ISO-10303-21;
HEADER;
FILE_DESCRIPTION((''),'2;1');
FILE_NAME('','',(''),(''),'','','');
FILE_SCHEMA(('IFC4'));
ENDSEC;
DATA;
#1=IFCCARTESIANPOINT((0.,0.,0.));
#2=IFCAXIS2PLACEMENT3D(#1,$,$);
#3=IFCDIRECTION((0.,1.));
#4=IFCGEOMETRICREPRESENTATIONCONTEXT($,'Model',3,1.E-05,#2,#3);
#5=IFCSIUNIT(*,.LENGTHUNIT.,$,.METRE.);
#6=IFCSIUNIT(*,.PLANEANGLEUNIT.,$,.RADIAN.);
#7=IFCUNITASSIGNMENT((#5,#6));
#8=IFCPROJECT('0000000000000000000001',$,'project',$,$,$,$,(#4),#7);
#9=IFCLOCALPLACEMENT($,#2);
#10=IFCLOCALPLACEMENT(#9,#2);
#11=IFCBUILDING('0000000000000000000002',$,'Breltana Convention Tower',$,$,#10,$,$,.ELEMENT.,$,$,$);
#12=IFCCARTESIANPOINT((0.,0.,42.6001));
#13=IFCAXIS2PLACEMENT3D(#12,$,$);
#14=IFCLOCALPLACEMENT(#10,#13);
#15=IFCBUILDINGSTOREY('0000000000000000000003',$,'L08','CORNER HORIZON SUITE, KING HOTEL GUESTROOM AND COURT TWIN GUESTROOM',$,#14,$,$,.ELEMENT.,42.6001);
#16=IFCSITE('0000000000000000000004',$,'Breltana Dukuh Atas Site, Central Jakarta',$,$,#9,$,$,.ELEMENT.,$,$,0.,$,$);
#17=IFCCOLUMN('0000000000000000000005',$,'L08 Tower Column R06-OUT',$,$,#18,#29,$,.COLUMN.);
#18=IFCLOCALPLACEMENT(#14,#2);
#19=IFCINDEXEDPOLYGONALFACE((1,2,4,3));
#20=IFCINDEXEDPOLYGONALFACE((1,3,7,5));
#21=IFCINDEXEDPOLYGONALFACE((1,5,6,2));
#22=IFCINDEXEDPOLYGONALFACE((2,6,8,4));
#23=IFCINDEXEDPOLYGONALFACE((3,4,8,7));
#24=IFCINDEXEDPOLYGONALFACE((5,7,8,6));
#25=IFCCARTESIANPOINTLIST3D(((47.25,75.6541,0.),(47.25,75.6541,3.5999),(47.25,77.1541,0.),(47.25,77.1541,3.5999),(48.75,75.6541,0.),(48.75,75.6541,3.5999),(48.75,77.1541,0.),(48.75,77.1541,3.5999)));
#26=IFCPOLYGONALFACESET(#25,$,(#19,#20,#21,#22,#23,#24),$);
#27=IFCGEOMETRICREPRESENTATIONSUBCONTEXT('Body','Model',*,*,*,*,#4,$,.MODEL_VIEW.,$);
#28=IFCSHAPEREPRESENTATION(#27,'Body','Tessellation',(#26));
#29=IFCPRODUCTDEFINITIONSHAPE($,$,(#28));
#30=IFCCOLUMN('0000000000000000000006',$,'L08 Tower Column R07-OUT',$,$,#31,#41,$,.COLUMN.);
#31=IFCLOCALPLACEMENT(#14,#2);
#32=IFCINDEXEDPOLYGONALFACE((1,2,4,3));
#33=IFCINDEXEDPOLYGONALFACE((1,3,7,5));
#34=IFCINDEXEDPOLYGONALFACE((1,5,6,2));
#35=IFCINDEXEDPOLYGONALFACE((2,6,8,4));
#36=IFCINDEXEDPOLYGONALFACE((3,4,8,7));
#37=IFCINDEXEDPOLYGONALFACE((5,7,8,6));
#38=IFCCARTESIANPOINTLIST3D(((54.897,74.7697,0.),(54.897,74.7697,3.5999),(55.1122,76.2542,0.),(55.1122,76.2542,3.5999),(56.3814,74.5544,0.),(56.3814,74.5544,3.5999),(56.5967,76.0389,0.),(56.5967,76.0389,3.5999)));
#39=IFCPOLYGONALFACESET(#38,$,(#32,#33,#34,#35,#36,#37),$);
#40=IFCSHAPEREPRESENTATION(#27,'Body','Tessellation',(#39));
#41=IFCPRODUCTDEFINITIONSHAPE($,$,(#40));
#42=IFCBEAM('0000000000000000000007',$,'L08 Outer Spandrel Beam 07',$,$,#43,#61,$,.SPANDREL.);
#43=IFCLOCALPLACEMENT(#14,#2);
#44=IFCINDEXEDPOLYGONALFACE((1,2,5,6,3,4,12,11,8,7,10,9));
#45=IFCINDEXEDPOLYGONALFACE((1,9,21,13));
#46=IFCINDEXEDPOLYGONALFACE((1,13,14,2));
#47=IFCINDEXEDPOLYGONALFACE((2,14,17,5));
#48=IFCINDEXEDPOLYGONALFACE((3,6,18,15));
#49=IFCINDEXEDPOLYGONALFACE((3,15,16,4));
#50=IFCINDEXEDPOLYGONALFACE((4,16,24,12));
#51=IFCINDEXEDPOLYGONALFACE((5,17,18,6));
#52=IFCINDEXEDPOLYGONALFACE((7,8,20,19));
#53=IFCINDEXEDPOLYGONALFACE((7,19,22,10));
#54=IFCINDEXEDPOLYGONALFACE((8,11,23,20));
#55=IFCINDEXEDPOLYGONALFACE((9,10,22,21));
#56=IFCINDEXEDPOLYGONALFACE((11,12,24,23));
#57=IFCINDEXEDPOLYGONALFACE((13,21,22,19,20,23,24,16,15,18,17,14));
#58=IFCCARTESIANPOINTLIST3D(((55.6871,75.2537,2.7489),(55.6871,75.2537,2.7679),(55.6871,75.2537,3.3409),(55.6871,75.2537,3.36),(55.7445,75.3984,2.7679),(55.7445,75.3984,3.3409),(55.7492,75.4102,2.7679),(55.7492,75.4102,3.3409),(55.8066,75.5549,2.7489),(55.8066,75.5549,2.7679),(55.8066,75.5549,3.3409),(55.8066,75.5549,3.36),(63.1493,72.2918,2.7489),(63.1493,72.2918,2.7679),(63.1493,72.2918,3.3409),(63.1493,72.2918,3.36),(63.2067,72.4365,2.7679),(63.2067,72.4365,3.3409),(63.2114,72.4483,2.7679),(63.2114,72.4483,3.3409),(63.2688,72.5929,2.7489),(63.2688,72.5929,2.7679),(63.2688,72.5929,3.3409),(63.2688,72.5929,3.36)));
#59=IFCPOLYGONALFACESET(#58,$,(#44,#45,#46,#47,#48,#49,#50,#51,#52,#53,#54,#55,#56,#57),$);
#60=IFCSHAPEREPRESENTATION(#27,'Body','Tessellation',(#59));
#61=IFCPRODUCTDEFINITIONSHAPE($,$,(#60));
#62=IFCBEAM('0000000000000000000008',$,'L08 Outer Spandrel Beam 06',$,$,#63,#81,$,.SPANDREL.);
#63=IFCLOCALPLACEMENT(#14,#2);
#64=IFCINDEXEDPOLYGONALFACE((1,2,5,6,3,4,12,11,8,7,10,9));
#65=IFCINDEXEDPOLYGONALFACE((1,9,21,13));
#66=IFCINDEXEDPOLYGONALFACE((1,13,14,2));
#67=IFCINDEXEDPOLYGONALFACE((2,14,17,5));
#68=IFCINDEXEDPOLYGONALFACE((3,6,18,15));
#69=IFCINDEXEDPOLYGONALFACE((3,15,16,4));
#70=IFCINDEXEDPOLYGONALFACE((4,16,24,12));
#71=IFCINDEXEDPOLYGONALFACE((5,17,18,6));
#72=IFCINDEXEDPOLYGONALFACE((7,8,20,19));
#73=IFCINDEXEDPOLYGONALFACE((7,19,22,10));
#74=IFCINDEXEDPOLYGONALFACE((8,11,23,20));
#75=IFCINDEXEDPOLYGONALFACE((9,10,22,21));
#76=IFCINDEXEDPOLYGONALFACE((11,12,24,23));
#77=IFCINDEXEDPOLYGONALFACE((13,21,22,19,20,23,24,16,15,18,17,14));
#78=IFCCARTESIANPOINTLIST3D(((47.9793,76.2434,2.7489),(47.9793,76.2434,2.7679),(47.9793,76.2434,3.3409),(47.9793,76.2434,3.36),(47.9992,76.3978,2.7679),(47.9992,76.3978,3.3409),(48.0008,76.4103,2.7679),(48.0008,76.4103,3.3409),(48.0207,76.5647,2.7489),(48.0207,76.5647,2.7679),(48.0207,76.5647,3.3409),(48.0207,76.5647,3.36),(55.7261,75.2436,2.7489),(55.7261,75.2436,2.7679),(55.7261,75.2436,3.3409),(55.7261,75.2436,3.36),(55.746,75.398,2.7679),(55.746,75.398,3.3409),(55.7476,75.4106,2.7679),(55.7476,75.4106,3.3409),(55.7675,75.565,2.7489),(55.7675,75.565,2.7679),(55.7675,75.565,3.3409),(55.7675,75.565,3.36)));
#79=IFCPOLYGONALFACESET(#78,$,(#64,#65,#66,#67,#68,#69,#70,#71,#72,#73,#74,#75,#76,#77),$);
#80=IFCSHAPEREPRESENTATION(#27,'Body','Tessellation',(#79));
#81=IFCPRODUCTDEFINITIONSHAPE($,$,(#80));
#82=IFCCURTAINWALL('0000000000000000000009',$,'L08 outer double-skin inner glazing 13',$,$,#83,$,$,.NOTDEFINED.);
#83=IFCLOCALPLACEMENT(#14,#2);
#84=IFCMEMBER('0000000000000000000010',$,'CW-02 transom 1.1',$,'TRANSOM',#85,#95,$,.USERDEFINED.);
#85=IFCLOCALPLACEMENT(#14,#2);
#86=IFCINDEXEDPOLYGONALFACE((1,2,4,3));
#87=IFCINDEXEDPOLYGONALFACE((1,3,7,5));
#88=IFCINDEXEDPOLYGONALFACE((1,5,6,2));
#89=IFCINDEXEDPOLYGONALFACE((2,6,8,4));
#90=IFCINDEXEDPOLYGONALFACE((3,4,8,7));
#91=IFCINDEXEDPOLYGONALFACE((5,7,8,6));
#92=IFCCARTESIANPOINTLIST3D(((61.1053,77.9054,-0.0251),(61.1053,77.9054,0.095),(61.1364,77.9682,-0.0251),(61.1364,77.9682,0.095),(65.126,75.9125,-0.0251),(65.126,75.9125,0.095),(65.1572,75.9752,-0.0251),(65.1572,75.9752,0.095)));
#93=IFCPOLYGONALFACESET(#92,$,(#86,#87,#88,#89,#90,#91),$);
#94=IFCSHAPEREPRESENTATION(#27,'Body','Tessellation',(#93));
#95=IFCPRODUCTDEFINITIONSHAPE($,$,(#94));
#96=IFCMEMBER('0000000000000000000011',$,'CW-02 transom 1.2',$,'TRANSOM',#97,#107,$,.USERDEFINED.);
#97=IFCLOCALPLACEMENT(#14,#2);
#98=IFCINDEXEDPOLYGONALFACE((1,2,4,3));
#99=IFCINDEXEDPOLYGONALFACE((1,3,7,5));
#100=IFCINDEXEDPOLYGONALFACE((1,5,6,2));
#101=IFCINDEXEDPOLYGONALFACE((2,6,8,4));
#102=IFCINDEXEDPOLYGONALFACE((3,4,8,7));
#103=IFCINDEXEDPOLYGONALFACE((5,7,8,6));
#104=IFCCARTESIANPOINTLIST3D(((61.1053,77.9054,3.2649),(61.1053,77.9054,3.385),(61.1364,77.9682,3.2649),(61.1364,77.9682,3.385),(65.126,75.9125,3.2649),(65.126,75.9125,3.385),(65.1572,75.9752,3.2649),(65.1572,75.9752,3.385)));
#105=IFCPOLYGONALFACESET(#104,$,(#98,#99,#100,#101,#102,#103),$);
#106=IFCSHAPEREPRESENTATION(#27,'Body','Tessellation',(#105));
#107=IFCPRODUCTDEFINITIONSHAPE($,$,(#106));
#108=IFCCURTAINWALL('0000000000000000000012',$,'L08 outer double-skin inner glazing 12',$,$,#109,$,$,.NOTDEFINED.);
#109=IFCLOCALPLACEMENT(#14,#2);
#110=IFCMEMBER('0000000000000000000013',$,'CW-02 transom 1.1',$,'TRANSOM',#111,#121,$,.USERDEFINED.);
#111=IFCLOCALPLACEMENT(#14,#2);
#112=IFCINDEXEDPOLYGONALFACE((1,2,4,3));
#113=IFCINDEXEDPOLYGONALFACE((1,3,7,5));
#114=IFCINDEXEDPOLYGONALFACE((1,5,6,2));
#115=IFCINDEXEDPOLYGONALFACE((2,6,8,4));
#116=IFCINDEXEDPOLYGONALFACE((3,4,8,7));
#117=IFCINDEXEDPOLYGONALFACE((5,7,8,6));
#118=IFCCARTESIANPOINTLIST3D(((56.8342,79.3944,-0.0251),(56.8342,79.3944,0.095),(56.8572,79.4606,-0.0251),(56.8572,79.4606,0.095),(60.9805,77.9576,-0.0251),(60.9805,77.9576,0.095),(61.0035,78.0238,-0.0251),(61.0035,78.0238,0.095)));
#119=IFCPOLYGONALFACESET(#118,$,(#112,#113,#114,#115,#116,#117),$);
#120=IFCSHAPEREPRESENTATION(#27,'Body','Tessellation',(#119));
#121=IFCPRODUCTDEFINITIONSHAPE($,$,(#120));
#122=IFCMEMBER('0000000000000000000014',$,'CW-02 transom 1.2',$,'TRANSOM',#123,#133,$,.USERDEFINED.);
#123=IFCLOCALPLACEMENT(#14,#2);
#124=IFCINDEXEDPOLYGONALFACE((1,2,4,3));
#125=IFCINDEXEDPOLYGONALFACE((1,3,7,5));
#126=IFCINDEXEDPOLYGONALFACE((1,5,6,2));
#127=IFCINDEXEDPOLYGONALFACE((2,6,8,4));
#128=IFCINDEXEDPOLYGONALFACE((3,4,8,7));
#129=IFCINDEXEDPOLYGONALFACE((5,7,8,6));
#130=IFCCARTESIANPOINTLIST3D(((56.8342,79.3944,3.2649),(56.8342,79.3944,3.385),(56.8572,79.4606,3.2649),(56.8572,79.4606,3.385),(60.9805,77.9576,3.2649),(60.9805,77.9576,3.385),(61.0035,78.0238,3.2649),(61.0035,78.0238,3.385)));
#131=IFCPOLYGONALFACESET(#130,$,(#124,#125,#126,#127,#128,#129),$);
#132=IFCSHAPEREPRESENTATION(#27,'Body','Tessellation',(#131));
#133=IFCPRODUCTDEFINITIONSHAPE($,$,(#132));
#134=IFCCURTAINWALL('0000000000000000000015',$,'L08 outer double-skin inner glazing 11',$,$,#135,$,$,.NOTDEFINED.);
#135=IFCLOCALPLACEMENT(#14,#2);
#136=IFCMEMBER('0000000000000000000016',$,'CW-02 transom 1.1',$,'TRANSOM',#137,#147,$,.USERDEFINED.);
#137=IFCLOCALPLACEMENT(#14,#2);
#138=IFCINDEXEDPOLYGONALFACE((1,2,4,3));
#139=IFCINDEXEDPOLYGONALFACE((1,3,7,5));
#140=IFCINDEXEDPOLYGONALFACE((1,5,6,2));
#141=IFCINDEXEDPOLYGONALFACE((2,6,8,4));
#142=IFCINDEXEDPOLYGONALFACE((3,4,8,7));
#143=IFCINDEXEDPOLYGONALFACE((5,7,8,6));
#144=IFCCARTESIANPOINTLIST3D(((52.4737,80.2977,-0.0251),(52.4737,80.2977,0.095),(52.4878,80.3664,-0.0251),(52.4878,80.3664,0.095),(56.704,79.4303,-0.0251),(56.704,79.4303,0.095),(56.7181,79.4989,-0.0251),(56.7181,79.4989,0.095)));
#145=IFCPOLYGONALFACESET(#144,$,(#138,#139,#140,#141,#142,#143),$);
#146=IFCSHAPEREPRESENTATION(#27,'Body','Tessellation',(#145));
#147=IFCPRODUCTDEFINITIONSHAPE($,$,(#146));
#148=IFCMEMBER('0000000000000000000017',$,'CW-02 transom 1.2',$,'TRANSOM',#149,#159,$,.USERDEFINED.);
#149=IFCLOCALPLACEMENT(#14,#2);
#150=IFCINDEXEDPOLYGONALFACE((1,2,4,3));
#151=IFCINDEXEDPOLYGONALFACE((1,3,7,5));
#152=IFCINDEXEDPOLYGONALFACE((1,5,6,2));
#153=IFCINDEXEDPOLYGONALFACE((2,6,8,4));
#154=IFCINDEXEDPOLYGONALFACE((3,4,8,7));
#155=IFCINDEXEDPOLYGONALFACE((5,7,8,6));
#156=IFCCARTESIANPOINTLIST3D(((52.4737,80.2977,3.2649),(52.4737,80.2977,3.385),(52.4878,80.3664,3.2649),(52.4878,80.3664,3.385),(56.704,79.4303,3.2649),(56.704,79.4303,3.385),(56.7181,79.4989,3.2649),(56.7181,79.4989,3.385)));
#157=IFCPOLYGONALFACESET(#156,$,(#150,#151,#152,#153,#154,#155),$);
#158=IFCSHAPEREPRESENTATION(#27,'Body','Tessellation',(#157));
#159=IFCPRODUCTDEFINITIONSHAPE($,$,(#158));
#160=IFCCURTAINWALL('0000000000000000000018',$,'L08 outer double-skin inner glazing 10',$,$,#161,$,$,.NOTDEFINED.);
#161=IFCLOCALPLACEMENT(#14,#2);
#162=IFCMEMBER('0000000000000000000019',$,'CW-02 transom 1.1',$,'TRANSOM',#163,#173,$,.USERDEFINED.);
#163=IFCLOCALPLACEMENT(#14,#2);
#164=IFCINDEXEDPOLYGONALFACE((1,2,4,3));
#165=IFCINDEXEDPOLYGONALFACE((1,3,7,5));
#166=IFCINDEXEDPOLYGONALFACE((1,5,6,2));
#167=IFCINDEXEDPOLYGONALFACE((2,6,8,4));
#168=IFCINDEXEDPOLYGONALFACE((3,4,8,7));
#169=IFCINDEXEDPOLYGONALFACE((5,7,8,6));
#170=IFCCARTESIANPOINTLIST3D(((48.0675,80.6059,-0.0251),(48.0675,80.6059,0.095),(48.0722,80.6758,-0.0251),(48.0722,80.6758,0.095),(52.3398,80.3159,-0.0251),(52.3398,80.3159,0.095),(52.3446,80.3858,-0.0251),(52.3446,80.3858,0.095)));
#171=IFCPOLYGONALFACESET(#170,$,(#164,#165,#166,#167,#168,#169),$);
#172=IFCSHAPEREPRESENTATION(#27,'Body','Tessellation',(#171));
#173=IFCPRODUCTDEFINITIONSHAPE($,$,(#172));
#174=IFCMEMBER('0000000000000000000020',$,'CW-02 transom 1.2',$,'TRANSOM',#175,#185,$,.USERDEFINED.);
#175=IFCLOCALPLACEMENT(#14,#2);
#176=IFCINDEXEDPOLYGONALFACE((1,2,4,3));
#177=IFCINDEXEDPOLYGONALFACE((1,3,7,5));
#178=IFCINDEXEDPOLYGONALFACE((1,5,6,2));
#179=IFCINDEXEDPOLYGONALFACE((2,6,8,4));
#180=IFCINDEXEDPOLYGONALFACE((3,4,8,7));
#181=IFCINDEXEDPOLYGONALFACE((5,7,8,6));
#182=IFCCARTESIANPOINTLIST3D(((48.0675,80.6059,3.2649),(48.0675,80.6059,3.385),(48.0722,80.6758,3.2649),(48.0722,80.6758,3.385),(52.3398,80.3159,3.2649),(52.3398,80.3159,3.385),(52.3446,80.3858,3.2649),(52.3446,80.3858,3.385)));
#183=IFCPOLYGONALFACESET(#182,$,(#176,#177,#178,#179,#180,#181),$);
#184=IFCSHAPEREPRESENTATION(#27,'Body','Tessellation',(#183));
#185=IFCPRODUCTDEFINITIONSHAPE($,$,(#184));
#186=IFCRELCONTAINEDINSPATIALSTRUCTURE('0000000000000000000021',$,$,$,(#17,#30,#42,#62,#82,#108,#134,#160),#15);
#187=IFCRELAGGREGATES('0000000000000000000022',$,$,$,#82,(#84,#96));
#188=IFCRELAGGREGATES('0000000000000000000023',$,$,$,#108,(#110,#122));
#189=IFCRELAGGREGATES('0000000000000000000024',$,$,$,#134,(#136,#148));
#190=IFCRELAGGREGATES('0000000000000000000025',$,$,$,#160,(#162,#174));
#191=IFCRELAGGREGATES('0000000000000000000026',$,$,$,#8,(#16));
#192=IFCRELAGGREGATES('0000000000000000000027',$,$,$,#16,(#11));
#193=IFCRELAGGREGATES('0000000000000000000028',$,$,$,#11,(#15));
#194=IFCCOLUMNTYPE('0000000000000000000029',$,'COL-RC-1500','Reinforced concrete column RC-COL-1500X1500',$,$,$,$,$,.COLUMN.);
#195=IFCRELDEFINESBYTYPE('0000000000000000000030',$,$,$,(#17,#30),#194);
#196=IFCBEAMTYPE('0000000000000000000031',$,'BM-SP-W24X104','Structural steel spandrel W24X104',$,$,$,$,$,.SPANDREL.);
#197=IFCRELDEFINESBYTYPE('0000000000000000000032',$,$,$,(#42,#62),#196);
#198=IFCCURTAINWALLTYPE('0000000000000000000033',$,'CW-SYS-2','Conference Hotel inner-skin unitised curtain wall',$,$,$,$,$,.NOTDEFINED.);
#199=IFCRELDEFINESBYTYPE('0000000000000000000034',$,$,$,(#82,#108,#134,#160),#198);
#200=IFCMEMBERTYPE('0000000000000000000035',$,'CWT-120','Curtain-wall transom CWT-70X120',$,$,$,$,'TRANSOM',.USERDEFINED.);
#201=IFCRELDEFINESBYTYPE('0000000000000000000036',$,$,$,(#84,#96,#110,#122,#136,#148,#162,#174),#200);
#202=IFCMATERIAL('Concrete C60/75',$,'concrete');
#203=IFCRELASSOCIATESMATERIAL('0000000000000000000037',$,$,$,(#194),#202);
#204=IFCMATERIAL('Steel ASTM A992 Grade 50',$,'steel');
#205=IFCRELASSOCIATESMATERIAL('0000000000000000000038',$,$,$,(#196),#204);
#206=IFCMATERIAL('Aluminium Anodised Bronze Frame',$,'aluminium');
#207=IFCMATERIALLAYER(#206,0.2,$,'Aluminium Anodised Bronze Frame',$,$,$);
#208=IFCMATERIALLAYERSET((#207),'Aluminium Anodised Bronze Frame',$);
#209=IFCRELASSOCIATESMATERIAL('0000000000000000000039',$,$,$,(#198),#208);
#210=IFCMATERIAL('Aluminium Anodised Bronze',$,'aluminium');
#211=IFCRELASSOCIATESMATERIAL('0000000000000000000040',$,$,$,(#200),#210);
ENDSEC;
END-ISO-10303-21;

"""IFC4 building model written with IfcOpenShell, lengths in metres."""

from ifc_helpers import new_model, si_unit, direction, frame, origin, origin_2d, place, context, subcontext, project, spatial, rectangle, i_section, extrude, source, transform, mapped, material, layer, layer_set, material_profile, profile_set, type_object, element, aggregate, save


model = new_model("IFC4")

# Units and contexts
model_context = context("Model", 3, precision=1e-05, world=origin(), true_north=direction((0.0, 1.0)))
body_context = subcontext(model_context, "Body", "Model", "MODEL_VIEW")
ifc_project = project(units=[si_unit("LENGTHUNIT", "METRE"), si_unit("PLANEANGLEUNIT", "RADIAN")], contexts=[model_context])

# Site, building, storey
site_placement = place(None, origin())
site = spatial("IfcSite", under=ifc_project, at=site_placement, Name="Breltana Dukuh Atas Site, Central Jakarta", CompositionType="ELEMENT", RefElevation=0.0)
building_placement = place(site_placement, origin())
building = spatial("IfcBuilding", under=site, at=building_placement, Name="Breltana Convention Tower", CompositionType="ELEMENT")
storey_placement = place(building_placement, frame((0.0, 0.0, 42.6001)))
storey = spatial("IfcBuildingStorey", under=building, at=storey_placement, Name="L08", Description="CORNER HORIZON SUITE, KING HOTEL GUESTROOM AND COURT TWIN GUESTROOM", CompositionType="ELEMENT", Elevation=42.6001)

# Columns
ifc_material_1 = material(Name="Concrete C60/75", Category="concrete")
ifc_material_profile_1 = material_profile(ifc_material_1, rectangle(XDim=1.5, YDim=1.5, at=origin_2d()), Name="RC-COL-1500X1500")
ifc_profile_set_1 = profile_set([ifc_material_profile_1], Name="Concrete C60/75")
column_type = type_object("IfcColumnType", Name="COL-RC-1500", Description="Reinforced concrete column RC-COL-1500X1500", PredefinedType="COLUMN", material=ifc_profile_set_1)
shared_shape_1 = source(origin(), body_context, "Body", "SweptSolid", [
    extrude(rectangle(XDim=1.5, YDim=1.5, at=origin_2d()), origin(), (0.0, 0.0, 1.0), 3.5999),
])
for number, where, z_axis, x_axis, name in (
    (1, (48.0, 76.4041, 0.0), (0.0, 0.0, 1.0), (0.0, 1.0, 0.0), "L08 Tower Column R06-OUT"),
    (2, (55.7468, 75.4043, 0.0), (0.0, 0.0, 1.0), (0.143493, 0.989651, 0.0), "L08 Tower Column R07-OUT"),
):
    element("IfcColumn", number, at=place(storey_placement, frame(where, z_axis=z_axis, x_axis=x_axis)), inside=storey, type_object=column_type, Name=name, PredefinedType="COLUMN", context=body_context, shape_type="MappedRepresentation", body=[
        mapped(shared_shape_1, transform((0.0, 0.0, 0.0), scale=1.0)),
    ])

# Beams
ifc_material_2 = material(Name="Steel ASTM A992 Grade 50", Category="steel")
ifc_material_profile_2 = material_profile(ifc_material_2, i_section(OverallWidth=0.324, OverallDepth=0.6111, WebThickness=0.0127, FlangeThickness=0.019, at=origin_2d()), Name="W24X104")
ifc_profile_set_2 = profile_set([ifc_material_profile_2], Name="Steel ASTM A992 Grade 50")
beam_type = type_object("IfcBeamType", Name="BM-SP-W24X104", Description="Structural steel spandrel W24X104", PredefinedType="SPANDREL", material=ifc_profile_set_2)
shared_shape_2 = source(origin(), body_context, "Body", "SweptSolid", [
    extrude(i_section(OverallWidth=0.324, OverallDepth=0.6111, WebThickness=0.0127, FlangeThickness=0.019, at=origin_2d()), origin(), (0.0, 0.0, 1.0), 8.0286),
])
beam_1_placement = place(storey_placement, frame((55.7468, 75.4043, 3.0544), z_axis=(0.929459, -0.368925, 0.0), x_axis=(0.368925, 0.929459, 0.0)))
element("IfcBeam", 3, at=beam_1_placement, inside=storey, type_object=beam_type, Name="L08 Outer Spandrel Beam 07", PredefinedType="SPANDREL", context=body_context, shape_type="MappedRepresentation", body=[
    mapped(shared_shape_2, transform((0.0, 0.0, 0.0), scale=1.0)),
])
shared_shape_3 = source(origin(), body_context, "Body", "SweptSolid", [
    extrude(i_section(OverallWidth=0.324, OverallDepth=0.6111, WebThickness=0.0127, FlangeThickness=0.019, at=origin_2d()), origin(), (0.0, 0.0, 1.0), 7.811),
])
beam_2_placement = place(storey_placement, frame((48.0, 76.4041, 3.0544), z_axis=(0.991775, -0.127992, 0.0), x_axis=(0.127992, 0.991775, 0.0)))
element("IfcBeam", 4, at=beam_2_placement, inside=storey, type_object=beam_type, Name="L08 Outer Spandrel Beam 06", PredefinedType="SPANDREL", context=body_context, shape_type="MappedRepresentation", body=[
    mapped(shared_shape_3, transform((0.0, 0.0, 0.0), scale=1.0)),
])

# Curtain walls, members
ifc_material_3 = material(Name="Aluminium Anodised Bronze Frame", Category="aluminium")
ifc_layer_1 = layer(ifc_material_3, 0.2, Name="Aluminium Anodised Bronze Frame")
ifc_layer_set_1 = layer_set([ifc_layer_1], Name="Aluminium Anodised Bronze Frame")
curtain_wall_type = type_object("IfcCurtainWallType", Name="CW-SYS-2", Description="Conference Hotel inner-skin unitised curtain wall", PredefinedType="NOTDEFINED", material=ifc_layer_set_1)
curtain_wall_1_placement = place(storey_placement, origin())
curtain_wall_1 = element("IfcCurtainWall", 5, at=curtain_wall_1_placement, inside=storey, type_object=curtain_wall_type, Name="L08 outer double-skin inner glazing 13", PredefinedType="NOTDEFINED")
ifc_material_4 = material(Name="Aluminium Anodised Bronze", Category="aluminium")
ifc_material_profile_3 = material_profile(ifc_material_4, rectangle(XDim=0.0701, YDim=0.1201, at=origin_2d()), Name="CWT-70X120")
ifc_profile_set_3 = profile_set([ifc_material_profile_3], Name="Aluminium Anodised Bronze")
member_type_1 = type_object("IfcMemberType", Name="CWT-120", Description="Curtain-wall transom CWT-70X120", ElementType="TRANSOM", PredefinedType="USERDEFINED", material=ifc_profile_set_3)
shared_shape_4 = source(origin(), body_context, "Body", "SweptSolid", [
    extrude(rectangle(XDim=0.0701, YDim=0.1201, at=origin_2d()), origin(), (0.0, 0.0, 1.0), 4.4875),
])
member_1_placement = place(storey_placement, frame((61.1208, 77.9368, 0.0349), z_axis=(0.895978, -0.444099, 0.0), x_axis=(0.444099, 0.895978, 0.0)))
member_1 = element("IfcMember", 6, at=member_1_placement, type_object=member_type_1, Name="CW-02 transom 1.1", ObjectType="TRANSOM", PredefinedType="USERDEFINED", context=body_context, shape_type="MappedRepresentation", body=[
    mapped(shared_shape_4, transform((0.0, 0.0, 0.0), scale=1.0)),
])
member_2_placement = place(storey_placement, frame((61.1208, 77.9368, 3.325), z_axis=(0.895978, -0.444099, 0.0), x_axis=(0.444099, 0.895978, 0.0)))
member_2 = element("IfcMember", 7, at=member_2_placement, type_object=member_type_1, Name="CW-02 transom 1.2", ObjectType="TRANSOM", PredefinedType="USERDEFINED", context=body_context, shape_type="MappedRepresentation", body=[
    mapped(shared_shape_4, transform((0.0, 0.0, 0.0), scale=1.0)),
])
curtain_wall_2_placement = place(storey_placement, origin())
curtain_wall_2 = element("IfcCurtainWall", 8, at=curtain_wall_2_placement, inside=storey, type_object=curtain_wall_type, Name="L08 outer double-skin inner glazing 12", PredefinedType="NOTDEFINED")
shared_shape_5 = source(origin(), body_context, "Body", "SweptSolid", [
    extrude(rectangle(XDim=0.0701, YDim=0.1201, at=origin_2d()), origin(), (0.0, 0.0, 1.0), 4.3882),
])
member_3_placement = place(storey_placement, frame((56.8457, 79.4275, 0.0349), z_axis=(0.944878, -0.327422, 0.0), x_axis=(0.327422, 0.944878, 0.0)))
member_3 = element("IfcMember", 9, at=member_3_placement, type_object=member_type_1, Name="CW-02 transom 1.1", ObjectType="TRANSOM", PredefinedType="USERDEFINED", context=body_context, shape_type="MappedRepresentation", body=[
    mapped(shared_shape_5, transform((0.0, 0.0, 0.0), scale=1.0)),
])
member_4_placement = place(storey_placement, frame((56.8457, 79.4275, 3.325), z_axis=(0.944878, -0.327422, 0.0), x_axis=(0.327422, 0.944878, 0.0)))
member_4 = element("IfcMember", 10, at=member_4_placement, type_object=member_type_1, Name="CW-02 transom 1.2", ObjectType="TRANSOM", PredefinedType="USERDEFINED", context=body_context, shape_type="MappedRepresentation", body=[
    mapped(shared_shape_5, transform((0.0, 0.0, 0.0), scale=1.0)),
])
curtain_wall_3_placement = place(storey_placement, origin())
curtain_wall_3 = element("IfcCurtainWall", 11, at=curtain_wall_3_placement, inside=storey, type_object=curtain_wall_type, Name="L08 outer double-skin inner glazing 11", PredefinedType="NOTDEFINED")
shared_shape_6 = source(origin(), body_context, "Body", "SweptSolid", [
    extrude(rectangle(XDim=0.0701, YDim=0.1201, at=origin_2d()), origin(), (0.0, 0.0, 1.0), 4.3184),
])
member_5_placement = place(storey_placement, frame((52.4807, 80.332, 0.0349), z_axis=(0.979617, -0.200876, 0.0), x_axis=(0.200876, 0.979617, 0.0)))
member_5 = element("IfcMember", 12, at=member_5_placement, type_object=member_type_1, Name="CW-02 transom 1.1", ObjectType="TRANSOM", PredefinedType="USERDEFINED", context=body_context, shape_type="MappedRepresentation", body=[
    mapped(shared_shape_6, transform((0.0, 0.0, 0.0), scale=1.0)),
])
member_6_placement = place(storey_placement, frame((52.4807, 80.332, 3.325), z_axis=(0.979617, -0.200876, 0.0), x_axis=(0.200876, 0.979617, 0.0)))
member_6 = element("IfcMember", 13, at=member_6_placement, type_object=member_type_1, Name="CW-02 transom 1.2", ObjectType="TRANSOM", PredefinedType="USERDEFINED", context=body_context, shape_type="MappedRepresentation", body=[
    mapped(shared_shape_6, transform((0.0, 0.0, 0.0), scale=1.0)),
])
curtain_wall_4_placement = place(storey_placement, origin())
curtain_wall_4 = element("IfcCurtainWall", 14, at=curtain_wall_4_placement, inside=storey, type_object=curtain_wall_type, Name="L08 outer double-skin inner glazing 10", PredefinedType="NOTDEFINED")
shared_shape_7 = source(origin(), body_context, "Body", "SweptSolid", [
    extrude(rectangle(XDim=0.0701, YDim=0.1201, at=origin_2d()), origin(), (0.0, 0.0, 1.0), 4.2822),
])
member_7_placement = place(storey_placement, frame((48.0698, 80.6409, 0.0349), z_axis=(0.997704, -0.06773, 0.0), x_axis=(0.06773, 0.997704, 0.0)))
member_7 = element("IfcMember", 15, at=member_7_placement, type_object=member_type_1, Name="CW-02 transom 1.1", ObjectType="TRANSOM", PredefinedType="USERDEFINED", context=body_context, shape_type="MappedRepresentation", body=[
    mapped(shared_shape_7, transform((0.0, 0.0, 0.0), scale=1.0)),
])
member_8_placement = place(storey_placement, frame((48.0698, 80.6409, 3.325), z_axis=(0.997704, -0.06773, 0.0), x_axis=(0.06773, 0.997704, 0.0)))
member_8 = element("IfcMember", 16, at=member_8_placement, type_object=member_type_1, Name="CW-02 transom 1.2", ObjectType="TRANSOM", PredefinedType="USERDEFINED", context=body_context, shape_type="MappedRepresentation", body=[
    mapped(shared_shape_7, transform((0.0, 0.0, 0.0), scale=1.0)),
])

aggregate(curtain_wall_1, [member_1, member_2])

aggregate(curtain_wall_2, [member_3, member_4])
aggregate(curtain_wall_3, [member_5, member_6])
aggregate(curtain_wall_4, [member_7, member_8])

save(model, "model.ifc")
